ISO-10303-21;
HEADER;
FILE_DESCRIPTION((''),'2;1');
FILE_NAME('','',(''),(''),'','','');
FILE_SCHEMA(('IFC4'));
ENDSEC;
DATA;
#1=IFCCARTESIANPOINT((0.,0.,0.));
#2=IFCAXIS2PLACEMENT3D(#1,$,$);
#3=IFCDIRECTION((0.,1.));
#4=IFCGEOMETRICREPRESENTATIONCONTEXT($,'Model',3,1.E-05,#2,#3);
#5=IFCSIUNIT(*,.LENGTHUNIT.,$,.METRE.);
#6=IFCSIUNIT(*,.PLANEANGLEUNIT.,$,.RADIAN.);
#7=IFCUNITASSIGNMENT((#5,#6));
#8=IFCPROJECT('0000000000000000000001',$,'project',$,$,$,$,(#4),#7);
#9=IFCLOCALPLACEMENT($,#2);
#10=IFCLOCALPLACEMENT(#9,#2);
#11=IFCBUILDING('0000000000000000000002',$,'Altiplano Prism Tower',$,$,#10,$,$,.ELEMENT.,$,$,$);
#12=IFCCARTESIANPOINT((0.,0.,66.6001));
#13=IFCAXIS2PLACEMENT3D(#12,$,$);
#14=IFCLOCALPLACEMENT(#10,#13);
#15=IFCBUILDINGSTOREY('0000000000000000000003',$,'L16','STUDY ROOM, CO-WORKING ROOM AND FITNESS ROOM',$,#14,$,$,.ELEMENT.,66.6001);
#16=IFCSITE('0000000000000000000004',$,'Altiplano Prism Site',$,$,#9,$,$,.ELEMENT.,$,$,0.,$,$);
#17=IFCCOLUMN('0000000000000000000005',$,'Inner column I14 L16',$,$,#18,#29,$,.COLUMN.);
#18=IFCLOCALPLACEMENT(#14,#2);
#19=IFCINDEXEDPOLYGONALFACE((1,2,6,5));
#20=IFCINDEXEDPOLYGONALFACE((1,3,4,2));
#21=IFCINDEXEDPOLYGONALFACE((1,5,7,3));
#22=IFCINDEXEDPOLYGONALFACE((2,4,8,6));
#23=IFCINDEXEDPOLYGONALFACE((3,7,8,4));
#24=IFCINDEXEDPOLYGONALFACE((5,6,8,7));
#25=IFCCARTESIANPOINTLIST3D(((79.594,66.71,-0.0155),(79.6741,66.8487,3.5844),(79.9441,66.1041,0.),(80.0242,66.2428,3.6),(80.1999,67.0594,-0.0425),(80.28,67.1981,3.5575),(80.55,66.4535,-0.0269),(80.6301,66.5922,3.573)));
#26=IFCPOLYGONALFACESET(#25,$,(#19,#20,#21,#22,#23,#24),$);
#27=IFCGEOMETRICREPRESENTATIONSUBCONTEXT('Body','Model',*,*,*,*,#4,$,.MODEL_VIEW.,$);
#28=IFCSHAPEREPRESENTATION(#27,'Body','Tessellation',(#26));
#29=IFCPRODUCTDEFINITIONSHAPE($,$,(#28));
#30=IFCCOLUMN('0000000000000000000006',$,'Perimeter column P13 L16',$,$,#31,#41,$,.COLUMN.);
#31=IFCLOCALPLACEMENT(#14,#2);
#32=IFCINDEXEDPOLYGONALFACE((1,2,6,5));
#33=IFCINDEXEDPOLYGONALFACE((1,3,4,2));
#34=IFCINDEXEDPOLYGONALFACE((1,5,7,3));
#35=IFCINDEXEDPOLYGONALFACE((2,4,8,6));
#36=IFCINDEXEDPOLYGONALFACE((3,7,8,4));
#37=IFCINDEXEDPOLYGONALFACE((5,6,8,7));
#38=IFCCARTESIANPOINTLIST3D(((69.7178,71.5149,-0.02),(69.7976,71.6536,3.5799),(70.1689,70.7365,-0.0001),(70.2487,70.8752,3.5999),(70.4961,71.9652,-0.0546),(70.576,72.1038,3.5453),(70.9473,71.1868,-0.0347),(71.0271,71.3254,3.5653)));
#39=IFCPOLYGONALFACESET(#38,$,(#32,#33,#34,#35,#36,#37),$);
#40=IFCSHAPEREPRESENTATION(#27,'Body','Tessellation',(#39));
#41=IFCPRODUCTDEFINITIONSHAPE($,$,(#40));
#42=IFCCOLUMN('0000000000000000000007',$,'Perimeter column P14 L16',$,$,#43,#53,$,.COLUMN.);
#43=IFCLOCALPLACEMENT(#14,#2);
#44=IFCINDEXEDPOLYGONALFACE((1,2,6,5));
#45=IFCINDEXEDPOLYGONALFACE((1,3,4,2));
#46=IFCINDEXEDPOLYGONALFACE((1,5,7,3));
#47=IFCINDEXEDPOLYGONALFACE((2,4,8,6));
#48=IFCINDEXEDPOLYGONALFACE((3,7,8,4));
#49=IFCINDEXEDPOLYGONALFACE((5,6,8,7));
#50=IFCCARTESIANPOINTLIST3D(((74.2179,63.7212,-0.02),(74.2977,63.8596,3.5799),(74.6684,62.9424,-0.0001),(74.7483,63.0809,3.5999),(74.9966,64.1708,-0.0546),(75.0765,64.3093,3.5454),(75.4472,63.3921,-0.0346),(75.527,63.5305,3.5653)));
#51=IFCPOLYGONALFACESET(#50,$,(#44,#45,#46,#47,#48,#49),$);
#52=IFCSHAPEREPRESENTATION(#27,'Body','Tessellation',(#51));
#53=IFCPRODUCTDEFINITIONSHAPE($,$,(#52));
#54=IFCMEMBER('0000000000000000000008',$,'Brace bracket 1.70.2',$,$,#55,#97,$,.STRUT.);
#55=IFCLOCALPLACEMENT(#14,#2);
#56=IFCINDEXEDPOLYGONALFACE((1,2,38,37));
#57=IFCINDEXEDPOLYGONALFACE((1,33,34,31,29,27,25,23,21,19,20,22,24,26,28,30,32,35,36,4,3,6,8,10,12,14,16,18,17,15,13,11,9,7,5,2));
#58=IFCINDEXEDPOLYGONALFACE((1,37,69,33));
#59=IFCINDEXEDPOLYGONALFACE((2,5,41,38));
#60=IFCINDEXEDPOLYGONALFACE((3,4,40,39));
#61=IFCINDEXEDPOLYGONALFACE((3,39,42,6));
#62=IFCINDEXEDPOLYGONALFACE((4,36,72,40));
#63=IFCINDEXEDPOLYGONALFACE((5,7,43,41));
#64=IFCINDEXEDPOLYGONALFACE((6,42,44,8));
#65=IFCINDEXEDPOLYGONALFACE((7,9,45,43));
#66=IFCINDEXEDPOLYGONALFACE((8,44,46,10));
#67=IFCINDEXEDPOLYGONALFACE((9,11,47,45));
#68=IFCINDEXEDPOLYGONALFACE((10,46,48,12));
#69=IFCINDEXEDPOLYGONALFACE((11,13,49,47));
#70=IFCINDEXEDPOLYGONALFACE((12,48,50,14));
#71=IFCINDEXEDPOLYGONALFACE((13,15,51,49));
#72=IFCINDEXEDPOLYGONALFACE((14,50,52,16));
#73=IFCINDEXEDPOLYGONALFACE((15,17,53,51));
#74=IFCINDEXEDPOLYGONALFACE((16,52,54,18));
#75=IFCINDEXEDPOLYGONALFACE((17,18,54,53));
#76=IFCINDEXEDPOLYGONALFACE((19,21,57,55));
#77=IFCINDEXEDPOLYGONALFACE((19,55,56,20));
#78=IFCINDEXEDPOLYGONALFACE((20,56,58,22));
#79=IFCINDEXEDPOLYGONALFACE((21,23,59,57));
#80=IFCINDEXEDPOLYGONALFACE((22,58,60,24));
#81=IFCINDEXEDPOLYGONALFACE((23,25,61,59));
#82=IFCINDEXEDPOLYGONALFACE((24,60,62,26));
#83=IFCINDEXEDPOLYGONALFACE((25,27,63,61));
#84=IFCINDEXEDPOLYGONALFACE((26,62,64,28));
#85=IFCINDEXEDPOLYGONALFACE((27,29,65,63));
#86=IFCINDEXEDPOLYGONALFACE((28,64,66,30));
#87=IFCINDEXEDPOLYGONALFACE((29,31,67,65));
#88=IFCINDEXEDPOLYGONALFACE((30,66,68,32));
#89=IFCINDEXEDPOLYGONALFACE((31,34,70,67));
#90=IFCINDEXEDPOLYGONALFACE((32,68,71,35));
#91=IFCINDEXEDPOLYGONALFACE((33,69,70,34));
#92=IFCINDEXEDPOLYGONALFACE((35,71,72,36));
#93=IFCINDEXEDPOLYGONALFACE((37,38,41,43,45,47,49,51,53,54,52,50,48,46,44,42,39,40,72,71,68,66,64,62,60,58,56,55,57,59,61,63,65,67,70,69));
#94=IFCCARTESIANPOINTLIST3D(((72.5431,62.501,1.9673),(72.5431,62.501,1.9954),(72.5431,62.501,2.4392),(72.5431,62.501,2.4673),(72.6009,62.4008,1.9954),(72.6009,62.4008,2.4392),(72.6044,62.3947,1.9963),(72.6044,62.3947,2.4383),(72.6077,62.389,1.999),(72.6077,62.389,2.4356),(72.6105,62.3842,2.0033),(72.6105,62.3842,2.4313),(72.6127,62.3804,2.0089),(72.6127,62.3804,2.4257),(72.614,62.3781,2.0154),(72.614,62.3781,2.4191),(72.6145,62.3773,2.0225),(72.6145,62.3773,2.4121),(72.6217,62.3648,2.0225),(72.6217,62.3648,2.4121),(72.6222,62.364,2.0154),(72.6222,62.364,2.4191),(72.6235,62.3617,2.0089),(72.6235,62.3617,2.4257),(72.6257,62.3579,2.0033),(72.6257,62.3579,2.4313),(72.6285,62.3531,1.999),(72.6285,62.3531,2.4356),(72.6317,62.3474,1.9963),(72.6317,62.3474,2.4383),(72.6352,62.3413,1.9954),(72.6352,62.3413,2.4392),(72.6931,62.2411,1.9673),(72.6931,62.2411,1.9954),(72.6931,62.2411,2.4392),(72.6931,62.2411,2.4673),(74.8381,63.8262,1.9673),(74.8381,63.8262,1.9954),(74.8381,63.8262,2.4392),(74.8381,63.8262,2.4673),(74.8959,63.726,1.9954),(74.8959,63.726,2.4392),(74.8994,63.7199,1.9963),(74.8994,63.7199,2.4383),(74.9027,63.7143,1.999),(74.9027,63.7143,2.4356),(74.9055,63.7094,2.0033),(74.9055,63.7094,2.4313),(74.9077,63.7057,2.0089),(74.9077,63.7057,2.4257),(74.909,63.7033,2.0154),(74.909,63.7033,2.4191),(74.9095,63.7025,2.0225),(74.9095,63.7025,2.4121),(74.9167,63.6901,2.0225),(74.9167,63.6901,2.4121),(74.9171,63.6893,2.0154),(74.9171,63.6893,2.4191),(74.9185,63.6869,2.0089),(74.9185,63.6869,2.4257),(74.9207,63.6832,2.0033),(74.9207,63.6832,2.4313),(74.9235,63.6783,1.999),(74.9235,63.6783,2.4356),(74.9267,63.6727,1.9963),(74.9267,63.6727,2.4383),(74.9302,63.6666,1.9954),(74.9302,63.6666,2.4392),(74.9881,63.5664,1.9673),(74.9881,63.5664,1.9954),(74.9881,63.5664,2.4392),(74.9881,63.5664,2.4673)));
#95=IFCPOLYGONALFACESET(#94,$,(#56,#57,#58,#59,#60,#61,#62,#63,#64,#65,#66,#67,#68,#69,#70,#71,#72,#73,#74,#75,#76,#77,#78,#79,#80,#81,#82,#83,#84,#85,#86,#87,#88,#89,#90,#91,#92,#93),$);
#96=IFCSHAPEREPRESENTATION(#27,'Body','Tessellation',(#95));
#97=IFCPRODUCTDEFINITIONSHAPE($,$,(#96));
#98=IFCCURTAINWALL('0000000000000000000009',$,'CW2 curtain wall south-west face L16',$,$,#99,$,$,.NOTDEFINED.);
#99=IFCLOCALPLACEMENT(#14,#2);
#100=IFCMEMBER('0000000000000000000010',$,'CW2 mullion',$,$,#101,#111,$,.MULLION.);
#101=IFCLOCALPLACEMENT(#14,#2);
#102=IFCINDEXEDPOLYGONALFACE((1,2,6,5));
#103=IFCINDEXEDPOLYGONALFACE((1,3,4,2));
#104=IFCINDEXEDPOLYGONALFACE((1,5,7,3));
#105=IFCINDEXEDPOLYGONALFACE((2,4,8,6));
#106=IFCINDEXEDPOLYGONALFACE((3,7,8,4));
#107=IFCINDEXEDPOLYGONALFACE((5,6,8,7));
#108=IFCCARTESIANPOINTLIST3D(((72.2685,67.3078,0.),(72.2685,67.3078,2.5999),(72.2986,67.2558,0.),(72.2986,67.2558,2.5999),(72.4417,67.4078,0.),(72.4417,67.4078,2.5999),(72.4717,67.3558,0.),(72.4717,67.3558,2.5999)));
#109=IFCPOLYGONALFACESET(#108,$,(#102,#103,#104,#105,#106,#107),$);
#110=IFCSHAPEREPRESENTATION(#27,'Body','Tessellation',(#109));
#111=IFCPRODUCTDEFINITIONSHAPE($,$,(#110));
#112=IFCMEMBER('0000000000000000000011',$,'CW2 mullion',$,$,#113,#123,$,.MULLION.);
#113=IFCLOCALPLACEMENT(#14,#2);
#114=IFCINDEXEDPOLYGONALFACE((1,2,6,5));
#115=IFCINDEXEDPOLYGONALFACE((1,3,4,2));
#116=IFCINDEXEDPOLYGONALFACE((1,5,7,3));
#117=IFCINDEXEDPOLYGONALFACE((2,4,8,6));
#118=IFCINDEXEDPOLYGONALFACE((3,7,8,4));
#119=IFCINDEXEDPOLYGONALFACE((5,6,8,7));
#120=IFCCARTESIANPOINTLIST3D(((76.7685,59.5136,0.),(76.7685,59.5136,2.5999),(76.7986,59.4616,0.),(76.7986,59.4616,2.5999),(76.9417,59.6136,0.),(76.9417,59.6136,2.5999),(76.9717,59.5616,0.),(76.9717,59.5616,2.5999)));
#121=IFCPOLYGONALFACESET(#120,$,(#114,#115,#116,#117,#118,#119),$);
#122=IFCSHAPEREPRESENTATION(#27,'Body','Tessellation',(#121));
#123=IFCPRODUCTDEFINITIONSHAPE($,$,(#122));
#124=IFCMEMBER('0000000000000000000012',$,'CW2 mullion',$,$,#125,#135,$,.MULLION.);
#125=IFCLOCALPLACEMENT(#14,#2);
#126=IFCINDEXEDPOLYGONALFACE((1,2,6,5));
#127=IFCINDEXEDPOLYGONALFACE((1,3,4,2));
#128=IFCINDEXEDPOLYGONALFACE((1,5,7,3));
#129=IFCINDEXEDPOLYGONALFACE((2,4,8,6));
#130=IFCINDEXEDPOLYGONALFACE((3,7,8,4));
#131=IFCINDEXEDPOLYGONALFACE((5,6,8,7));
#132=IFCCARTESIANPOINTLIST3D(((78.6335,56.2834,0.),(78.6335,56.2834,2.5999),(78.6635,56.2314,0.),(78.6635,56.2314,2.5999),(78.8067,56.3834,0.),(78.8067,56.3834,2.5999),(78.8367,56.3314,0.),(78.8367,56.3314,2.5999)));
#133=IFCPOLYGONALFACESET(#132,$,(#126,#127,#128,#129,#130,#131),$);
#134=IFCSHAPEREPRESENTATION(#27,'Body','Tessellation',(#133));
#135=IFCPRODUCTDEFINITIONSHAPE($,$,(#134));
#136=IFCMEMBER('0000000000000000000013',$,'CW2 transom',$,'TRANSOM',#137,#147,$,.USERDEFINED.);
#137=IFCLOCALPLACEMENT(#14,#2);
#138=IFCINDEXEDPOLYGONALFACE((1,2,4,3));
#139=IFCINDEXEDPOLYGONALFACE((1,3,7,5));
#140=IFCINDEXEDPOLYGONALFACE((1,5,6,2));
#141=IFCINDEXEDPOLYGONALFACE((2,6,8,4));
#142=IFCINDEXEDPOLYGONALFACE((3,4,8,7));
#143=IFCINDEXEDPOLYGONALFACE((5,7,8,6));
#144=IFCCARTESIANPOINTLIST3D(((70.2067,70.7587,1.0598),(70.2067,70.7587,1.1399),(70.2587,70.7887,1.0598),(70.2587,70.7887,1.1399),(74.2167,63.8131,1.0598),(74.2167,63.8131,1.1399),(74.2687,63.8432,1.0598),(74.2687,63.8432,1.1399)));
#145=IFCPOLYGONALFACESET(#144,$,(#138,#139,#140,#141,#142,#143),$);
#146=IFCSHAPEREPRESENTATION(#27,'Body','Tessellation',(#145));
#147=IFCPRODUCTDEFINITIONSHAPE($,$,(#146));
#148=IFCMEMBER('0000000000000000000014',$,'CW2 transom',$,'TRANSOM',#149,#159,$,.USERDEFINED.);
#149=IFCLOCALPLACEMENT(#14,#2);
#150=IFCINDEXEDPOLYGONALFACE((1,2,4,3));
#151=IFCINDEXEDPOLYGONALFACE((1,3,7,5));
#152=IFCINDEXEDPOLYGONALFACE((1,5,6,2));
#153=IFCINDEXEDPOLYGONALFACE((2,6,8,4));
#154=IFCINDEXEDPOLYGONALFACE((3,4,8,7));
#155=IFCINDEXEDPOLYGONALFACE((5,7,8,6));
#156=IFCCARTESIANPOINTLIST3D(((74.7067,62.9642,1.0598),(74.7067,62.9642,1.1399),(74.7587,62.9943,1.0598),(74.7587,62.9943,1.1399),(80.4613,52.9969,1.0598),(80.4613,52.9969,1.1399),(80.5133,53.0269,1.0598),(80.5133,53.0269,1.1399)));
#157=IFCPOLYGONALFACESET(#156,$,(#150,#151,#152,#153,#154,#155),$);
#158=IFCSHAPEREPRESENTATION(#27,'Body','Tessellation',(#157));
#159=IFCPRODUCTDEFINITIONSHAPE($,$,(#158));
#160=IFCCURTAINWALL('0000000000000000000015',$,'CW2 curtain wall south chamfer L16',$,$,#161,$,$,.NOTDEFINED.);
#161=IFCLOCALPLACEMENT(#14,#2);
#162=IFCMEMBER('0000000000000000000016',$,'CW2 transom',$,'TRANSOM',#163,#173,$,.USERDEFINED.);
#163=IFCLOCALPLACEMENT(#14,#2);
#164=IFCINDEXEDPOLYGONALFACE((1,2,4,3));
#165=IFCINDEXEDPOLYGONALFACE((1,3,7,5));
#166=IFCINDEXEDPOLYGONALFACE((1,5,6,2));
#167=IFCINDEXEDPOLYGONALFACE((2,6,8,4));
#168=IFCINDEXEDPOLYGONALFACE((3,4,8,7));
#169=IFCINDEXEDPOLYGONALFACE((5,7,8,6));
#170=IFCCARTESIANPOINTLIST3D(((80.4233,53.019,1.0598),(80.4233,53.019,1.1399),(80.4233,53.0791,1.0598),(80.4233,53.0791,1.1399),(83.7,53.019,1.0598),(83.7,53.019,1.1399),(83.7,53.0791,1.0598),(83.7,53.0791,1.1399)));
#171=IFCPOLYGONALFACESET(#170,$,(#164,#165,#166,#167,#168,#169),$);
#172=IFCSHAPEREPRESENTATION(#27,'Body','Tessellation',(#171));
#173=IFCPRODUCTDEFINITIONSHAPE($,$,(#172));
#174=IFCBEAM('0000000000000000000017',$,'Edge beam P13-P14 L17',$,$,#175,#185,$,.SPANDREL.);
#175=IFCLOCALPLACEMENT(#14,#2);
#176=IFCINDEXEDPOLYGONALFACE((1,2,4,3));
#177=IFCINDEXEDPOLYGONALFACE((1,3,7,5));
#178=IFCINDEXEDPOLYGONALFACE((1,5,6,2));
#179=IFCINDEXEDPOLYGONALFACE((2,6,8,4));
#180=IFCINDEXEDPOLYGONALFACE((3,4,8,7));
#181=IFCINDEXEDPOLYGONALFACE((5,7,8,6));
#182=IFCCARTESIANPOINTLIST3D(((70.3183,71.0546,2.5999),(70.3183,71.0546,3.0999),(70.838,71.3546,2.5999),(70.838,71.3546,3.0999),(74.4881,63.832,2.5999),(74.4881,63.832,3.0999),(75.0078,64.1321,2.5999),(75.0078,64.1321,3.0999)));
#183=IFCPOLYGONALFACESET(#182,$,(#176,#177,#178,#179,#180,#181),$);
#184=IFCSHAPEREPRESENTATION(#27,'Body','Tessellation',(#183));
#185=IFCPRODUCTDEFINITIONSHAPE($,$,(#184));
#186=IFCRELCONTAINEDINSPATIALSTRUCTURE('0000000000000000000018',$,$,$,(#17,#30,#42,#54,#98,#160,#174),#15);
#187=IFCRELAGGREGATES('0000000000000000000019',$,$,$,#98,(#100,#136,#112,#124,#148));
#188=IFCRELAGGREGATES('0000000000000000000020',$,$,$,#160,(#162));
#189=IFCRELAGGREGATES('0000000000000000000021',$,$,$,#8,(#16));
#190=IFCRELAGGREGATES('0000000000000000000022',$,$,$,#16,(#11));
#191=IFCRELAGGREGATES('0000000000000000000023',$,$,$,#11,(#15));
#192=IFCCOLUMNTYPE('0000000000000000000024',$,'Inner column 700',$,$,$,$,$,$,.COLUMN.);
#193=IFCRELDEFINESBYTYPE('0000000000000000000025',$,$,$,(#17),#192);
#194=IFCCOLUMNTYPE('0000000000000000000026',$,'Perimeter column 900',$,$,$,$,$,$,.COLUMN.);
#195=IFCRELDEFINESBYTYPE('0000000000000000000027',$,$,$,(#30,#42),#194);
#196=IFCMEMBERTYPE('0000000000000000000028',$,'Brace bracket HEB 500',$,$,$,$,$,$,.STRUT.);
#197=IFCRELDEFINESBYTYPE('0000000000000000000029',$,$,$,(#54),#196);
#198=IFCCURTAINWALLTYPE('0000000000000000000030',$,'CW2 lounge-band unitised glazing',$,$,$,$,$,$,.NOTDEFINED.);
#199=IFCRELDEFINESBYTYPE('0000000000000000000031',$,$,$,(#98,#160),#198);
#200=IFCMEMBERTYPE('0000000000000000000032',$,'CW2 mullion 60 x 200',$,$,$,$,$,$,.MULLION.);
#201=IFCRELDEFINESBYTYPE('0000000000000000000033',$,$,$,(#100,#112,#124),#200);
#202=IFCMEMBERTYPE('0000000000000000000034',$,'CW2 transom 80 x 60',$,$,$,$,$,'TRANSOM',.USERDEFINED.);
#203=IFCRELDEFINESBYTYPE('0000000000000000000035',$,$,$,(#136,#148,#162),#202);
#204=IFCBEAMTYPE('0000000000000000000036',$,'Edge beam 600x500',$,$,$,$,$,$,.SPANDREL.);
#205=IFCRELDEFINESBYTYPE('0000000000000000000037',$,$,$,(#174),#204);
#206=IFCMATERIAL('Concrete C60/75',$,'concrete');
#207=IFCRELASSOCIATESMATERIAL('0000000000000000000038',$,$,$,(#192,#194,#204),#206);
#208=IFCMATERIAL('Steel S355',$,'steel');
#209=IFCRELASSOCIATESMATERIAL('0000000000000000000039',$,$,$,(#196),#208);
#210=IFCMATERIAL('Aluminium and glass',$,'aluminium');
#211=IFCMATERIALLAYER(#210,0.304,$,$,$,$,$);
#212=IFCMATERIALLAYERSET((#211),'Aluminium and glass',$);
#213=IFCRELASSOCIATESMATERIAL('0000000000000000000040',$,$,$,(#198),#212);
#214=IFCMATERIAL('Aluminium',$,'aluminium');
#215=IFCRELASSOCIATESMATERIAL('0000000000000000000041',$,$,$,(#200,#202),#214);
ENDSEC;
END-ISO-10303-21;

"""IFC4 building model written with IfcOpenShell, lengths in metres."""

from ifc_helpers import new_model, si_unit, direction, frame, origin, origin_2d, place, context, subcontext, project, spatial, rectangle, i_section, extrude, material, layer, layer_set, material_profile, profile_set, type_object, element, aggregate, save


model = new_model("IFC4")

# Units and contexts
model_context = context("Model", 3, precision=1e-05, world=origin(), true_north=direction((0.0, 1.0)))
body_context = subcontext(model_context, "Body", "Model", "MODEL_VIEW")
ifc_project = project(units=[si_unit("LENGTHUNIT", "METRE"), si_unit("PLANEANGLEUNIT", "RADIAN")], contexts=[model_context])

# Site, building, storey
site_placement = place(None, origin())
site = spatial("IfcSite", under=ifc_project, at=site_placement, Name="Altiplano Prism Site", CompositionType="ELEMENT", RefElevation=0.0)
building_placement = place(site_placement, origin())
building = spatial("IfcBuilding", under=site, at=building_placement, Name="Altiplano Prism Tower", CompositionType="ELEMENT")
storey_placement = place(building_placement, frame((0.0, 0.0, 66.6001)))
storey = spatial("IfcBuildingStorey", under=building, at=storey_placement, Name="L16", Description="STUDY ROOM, CO-WORKING ROOM AND FITNESS ROOM", CompositionType="ELEMENT", Elevation=66.6001)

# Columns
ifc_material_1 = material(Name="Concrete C60/75", Category="concrete")
ifc_material_profile_1 = material_profile(ifc_material_1, rectangle(XDim=0.7, YDim=0.7, at=origin_2d()), Name="Inner column 700")
ifc_profile_set_1 = profile_set([ifc_material_profile_1], Name="Concrete C60/75")
column_type_1 = type_object("IfcColumnType", Name="Inner column 700", PredefinedType="COLUMN", material=ifc_profile_set_1)
column_placement = place(storey_placement, frame((80.072, 66.5818, -0.0212), z_axis=(0.022223, 0.038483, 0.999012), x_axis=(-0.865641, -0.499184, 0.038485)))
element("IfcColumn", 1, at=column_placement, inside=storey, type_object=column_type_1, Name="Inner column I14 L16", PredefinedType="COLUMN", context=body_context, shape_type="SweptSolid", body=[
    extrude(rectangle(XDim=0.7, YDim=0.7, at=origin_2d()), origin(), (0.0, 0.0, 1.0), 3.6035),
])
ifc_material_profile_2 = material_profile(ifc_material_1, rectangle(XDim=0.8999, YDim=0.8999, at=origin_2d()), Name="Perimeter column 900")
ifc_profile_set_2 = profile_set([ifc_material_profile_2], Name="Concrete C60/75")
column_type_2 = type_object("IfcColumnType", Name="Perimeter column 900", PredefinedType="COLUMN", material=ifc_profile_set_2)
for number, where, z_axis, x_axis, name in (
    (2, (70.3325, 71.3508, -0.0273), (0.022155, 0.038484, 0.999014), (-0.86498, -0.500331, 0.038456), "Perimeter column P13 L16"),
    (3, (74.8325, 63.5566, -0.0273), (0.022155, 0.038416, 0.999016), (-0.865364, -0.499671, 0.038405), "Perimeter column P14 L16"),
):
    element("IfcColumn", number, at=place(storey_placement, frame(where, z_axis=z_axis, x_axis=x_axis)), inside=storey, type_object=column_type_2, Name=name, PredefinedType="COLUMN", context=body_context, shape_type="SweptSolid", body=[
        extrude(rectangle(XDim=0.8999, YDim=0.8999, at=origin_2d()), origin(), (0.0, 0.0, 1.0), 3.6035),
    ])

# Member
ifc_material_2 = material(Name="Steel S355", Category="steel")
ifc_material_profile_3 = material_profile(ifc_material_2, i_section(OverallWidth=0.3, OverallDepth=0.5, WebThickness=0.0144, FlangeThickness=0.0281, FilletRadius=0.0271, at=origin_2d()), Name="Brace bracket HEB 500")
ifc_profile_set_3 = profile_set([ifc_material_profile_3], Name="Steel S355")
member_type_1 = type_object("IfcMemberType", Name="Brace bracket HEB 500", PredefinedType="STRUT", material=ifc_profile_set_3)
member_1_placement = place(storey_placement, frame((74.9131, 63.6963, 2.2173), z_axis=(-0.865989, -0.500063, 0.0), x_axis=(0.500063, -0.865989, 0.0)))
element("IfcMember", 4, at=member_1_placement, inside=storey, type_object=member_type_1, Name="Brace bracket 1.70.2", PredefinedType="STRUT", context=body_context, shape_type="SweptSolid", body=[
    extrude(i_section(OverallWidth=0.3, OverallDepth=0.5, WebThickness=0.0144, FlangeThickness=0.0281, FilletRadius=0.0271, at=origin_2d()), origin(), (0.0, 0.0, 1.0), 2.6501),
])

# Curtain wall, members
ifc_material_3 = material(Name="Aluminium and glass", Category="aluminium")
ifc_layer_1 = layer(ifc_material_3, 0.304)
ifc_layer_set_1 = layer_set([ifc_layer_1], Name="Aluminium and glass")
curtain_wall_type = type_object("IfcCurtainWallType", Name="CW2 lounge-band unitised glazing", PredefinedType="NOTDEFINED", material=ifc_layer_set_1)
curtain_wall_1_placement = place(storey_placement, origin())
curtain_wall_1 = element("IfcCurtainWall", 5, at=curtain_wall_1_placement, inside=storey, type_object=curtain_wall_type, Name="CW2 curtain wall south-west face L16", PredefinedType="NOTDEFINED")
ifc_material_4 = material(Name="Aluminium", Category="aluminium")
ifc_material_profile_4 = material_profile(ifc_material_4, rectangle(XDim=0.2, YDim=0.0601, at=origin_2d()), Name="CW2 mullion 60 x 200")
ifc_profile_set_4 = profile_set([ifc_material_profile_4], Name="Aluminium")
member_type_2 = type_object("IfcMemberType", Name="CW2 mullion 60 x 200", PredefinedType="MULLION", material=ifc_profile_set_4)
member_2_placement = place(storey_placement, frame((72.3701, 67.3318, 0.0), z_axis=(0.0, 0.0, 1.0), x_axis=(0.866025, 0.5, 0.0)))
member_2 = element("IfcMember", 6, at=member_2_placement, type_object=member_type_2, Name="CW2 mullion", PredefinedType="MULLION", context=body_context, shape_type="SweptSolid", body=[
    extrude(rectangle(XDim=0.2, YDim=0.0601, at=origin_2d()), origin(), (0.0, 0.0, 1.0), 2.5999),
])
member_3_placement = place(storey_placement, frame((76.8701, 59.5376, 0.0), z_axis=(0.0, 0.0, 1.0), x_axis=(0.866025, 0.5, 0.0)))
member_3 = element("IfcMember", 7, at=member_3_placement, type_object=member_type_2, Name="CW2 mullion", PredefinedType="MULLION", context=body_context, shape_type="SweptSolid", body=[
    extrude(rectangle(XDim=0.2, YDim=0.0601, at=origin_2d()), origin(), (0.0, 0.0, 1.0), 2.5999),
])
member_4_placement = place(storey_placement, frame((78.7351, 56.3074, 0.0), z_axis=(0.0, 0.0, 1.0), x_axis=(0.866025, 0.5, 0.0)))
member_4 = element("IfcMember", 8, at=member_4_placement, type_object=member_type_2, Name="CW2 mullion", PredefinedType="MULLION", context=body_context, shape_type="SweptSolid", body=[
    extrude(rectangle(XDim=0.2, YDim=0.0601, at=origin_2d()), origin(), (0.0, 0.0, 1.0), 2.5999),
])
ifc_material_profile_5 = material_profile(ifc_material_4, rectangle(XDim=0.0601, YDim=0.0801, at=origin_2d()), Name="CW2 transom 80 x 60")
ifc_profile_set_5 = profile_set([ifc_material_profile_5], Name="Aluminium")
member_type_3 = type_object("IfcMemberType", Name="CW2 transom 80 x 60", ElementType="TRANSOM", PredefinedType="USERDEFINED", material=ifc_profile_set_5)
member_5_placement = place(storey_placement, frame((70.2327, 70.7737, 1.0999), z_axis=(0.499999, -0.866026, 0.0), x_axis=(0.866026, 0.499999, 0.0)))
member_5 = element("IfcMember", 9, at=member_5_placement, type_object=member_type_3, Name="CW2 transom", ObjectType="TRANSOM", PredefinedType="USERDEFINED", context=body_context, shape_type="SweptSolid", body=[
    extrude(rectangle(XDim=0.0601, YDim=0.0801, at=origin_2d()), origin(), (0.0, 0.0, 1.0), 8.02),
])
member_6_placement = place(storey_placement, frame((74.7327, 62.9792, 1.0999), z_axis=(0.500002, -0.866025, 0.0), x_axis=(0.866025, 0.500002, 0.0)))
member_6 = element("IfcMember", 10, at=member_6_placement, type_object=member_type_3, Name="CW2 transom", ObjectType="TRANSOM", PredefinedType="USERDEFINED", context=body_context, shape_type="SweptSolid", body=[
    extrude(rectangle(XDim=0.0601, YDim=0.0801, at=origin_2d()), origin(), (0.0, 0.0, 1.0), 11.5093),
])

# Curtain wall, member
curtain_wall_2_placement = place(storey_placement, origin())
curtain_wall_2 = element("IfcCurtainWall", 11, at=curtain_wall_2_placement, inside=storey, type_object=curtain_wall_type, Name="CW2 curtain wall south chamfer L16", PredefinedType="NOTDEFINED")
member_7_placement = place(storey_placement, frame((80.4233, 53.0491, 1.0999), z_axis=(1.0, 0.0, 0.0), x_axis=(0.0, 1.0, 0.0)))
member_7 = element("IfcMember", 12, at=member_7_placement, type_object=member_type_3, Name="CW2 transom", ObjectType="TRANSOM", PredefinedType="USERDEFINED", context=body_context, shape_type="SweptSolid", body=[
    extrude(rectangle(XDim=0.0601, YDim=0.0801, at=origin_2d()), origin(), (0.0, 0.0, 1.0), 3.2766),
])

# Beam
ifc_material_profile_6 = material_profile(ifc_material_1, rectangle(XDim=0.6001, YDim=0.5, at=origin_2d()), Name="Edge beam 600x500")
ifc_profile_set_6 = profile_set([ifc_material_profile_6], Name="Concrete C60/75")
beam_type_1 = type_object("IfcBeamType", Name="Edge beam 600x500", PredefinedType="SPANDREL", material=ifc_profile_set_6)
beam_1_placement = place(storey_placement, frame((70.5781, 71.2046, 2.8499), z_axis=(0.499993, -0.86603, 0.0), x_axis=(0.86603, 0.499993, 0.0)))
element("IfcBeam", 13, at=beam_1_placement, inside=storey, type_object=beam_type_1, Name="Edge beam P13-P14 L17", PredefinedType="SPANDREL", context=body_context, shape_type="SweptSolid", body=[
    extrude(rectangle(XDim=0.6001, YDim=0.5, at=origin_2d()), origin(), (0.0, 0.0, 1.0), 8.3398),
])

aggregate(curtain_wall_1, [member_2, member_5, member_3, member_4, member_6])
aggregate(curtain_wall_2, [member_7])

save(model, "model.ifc")
